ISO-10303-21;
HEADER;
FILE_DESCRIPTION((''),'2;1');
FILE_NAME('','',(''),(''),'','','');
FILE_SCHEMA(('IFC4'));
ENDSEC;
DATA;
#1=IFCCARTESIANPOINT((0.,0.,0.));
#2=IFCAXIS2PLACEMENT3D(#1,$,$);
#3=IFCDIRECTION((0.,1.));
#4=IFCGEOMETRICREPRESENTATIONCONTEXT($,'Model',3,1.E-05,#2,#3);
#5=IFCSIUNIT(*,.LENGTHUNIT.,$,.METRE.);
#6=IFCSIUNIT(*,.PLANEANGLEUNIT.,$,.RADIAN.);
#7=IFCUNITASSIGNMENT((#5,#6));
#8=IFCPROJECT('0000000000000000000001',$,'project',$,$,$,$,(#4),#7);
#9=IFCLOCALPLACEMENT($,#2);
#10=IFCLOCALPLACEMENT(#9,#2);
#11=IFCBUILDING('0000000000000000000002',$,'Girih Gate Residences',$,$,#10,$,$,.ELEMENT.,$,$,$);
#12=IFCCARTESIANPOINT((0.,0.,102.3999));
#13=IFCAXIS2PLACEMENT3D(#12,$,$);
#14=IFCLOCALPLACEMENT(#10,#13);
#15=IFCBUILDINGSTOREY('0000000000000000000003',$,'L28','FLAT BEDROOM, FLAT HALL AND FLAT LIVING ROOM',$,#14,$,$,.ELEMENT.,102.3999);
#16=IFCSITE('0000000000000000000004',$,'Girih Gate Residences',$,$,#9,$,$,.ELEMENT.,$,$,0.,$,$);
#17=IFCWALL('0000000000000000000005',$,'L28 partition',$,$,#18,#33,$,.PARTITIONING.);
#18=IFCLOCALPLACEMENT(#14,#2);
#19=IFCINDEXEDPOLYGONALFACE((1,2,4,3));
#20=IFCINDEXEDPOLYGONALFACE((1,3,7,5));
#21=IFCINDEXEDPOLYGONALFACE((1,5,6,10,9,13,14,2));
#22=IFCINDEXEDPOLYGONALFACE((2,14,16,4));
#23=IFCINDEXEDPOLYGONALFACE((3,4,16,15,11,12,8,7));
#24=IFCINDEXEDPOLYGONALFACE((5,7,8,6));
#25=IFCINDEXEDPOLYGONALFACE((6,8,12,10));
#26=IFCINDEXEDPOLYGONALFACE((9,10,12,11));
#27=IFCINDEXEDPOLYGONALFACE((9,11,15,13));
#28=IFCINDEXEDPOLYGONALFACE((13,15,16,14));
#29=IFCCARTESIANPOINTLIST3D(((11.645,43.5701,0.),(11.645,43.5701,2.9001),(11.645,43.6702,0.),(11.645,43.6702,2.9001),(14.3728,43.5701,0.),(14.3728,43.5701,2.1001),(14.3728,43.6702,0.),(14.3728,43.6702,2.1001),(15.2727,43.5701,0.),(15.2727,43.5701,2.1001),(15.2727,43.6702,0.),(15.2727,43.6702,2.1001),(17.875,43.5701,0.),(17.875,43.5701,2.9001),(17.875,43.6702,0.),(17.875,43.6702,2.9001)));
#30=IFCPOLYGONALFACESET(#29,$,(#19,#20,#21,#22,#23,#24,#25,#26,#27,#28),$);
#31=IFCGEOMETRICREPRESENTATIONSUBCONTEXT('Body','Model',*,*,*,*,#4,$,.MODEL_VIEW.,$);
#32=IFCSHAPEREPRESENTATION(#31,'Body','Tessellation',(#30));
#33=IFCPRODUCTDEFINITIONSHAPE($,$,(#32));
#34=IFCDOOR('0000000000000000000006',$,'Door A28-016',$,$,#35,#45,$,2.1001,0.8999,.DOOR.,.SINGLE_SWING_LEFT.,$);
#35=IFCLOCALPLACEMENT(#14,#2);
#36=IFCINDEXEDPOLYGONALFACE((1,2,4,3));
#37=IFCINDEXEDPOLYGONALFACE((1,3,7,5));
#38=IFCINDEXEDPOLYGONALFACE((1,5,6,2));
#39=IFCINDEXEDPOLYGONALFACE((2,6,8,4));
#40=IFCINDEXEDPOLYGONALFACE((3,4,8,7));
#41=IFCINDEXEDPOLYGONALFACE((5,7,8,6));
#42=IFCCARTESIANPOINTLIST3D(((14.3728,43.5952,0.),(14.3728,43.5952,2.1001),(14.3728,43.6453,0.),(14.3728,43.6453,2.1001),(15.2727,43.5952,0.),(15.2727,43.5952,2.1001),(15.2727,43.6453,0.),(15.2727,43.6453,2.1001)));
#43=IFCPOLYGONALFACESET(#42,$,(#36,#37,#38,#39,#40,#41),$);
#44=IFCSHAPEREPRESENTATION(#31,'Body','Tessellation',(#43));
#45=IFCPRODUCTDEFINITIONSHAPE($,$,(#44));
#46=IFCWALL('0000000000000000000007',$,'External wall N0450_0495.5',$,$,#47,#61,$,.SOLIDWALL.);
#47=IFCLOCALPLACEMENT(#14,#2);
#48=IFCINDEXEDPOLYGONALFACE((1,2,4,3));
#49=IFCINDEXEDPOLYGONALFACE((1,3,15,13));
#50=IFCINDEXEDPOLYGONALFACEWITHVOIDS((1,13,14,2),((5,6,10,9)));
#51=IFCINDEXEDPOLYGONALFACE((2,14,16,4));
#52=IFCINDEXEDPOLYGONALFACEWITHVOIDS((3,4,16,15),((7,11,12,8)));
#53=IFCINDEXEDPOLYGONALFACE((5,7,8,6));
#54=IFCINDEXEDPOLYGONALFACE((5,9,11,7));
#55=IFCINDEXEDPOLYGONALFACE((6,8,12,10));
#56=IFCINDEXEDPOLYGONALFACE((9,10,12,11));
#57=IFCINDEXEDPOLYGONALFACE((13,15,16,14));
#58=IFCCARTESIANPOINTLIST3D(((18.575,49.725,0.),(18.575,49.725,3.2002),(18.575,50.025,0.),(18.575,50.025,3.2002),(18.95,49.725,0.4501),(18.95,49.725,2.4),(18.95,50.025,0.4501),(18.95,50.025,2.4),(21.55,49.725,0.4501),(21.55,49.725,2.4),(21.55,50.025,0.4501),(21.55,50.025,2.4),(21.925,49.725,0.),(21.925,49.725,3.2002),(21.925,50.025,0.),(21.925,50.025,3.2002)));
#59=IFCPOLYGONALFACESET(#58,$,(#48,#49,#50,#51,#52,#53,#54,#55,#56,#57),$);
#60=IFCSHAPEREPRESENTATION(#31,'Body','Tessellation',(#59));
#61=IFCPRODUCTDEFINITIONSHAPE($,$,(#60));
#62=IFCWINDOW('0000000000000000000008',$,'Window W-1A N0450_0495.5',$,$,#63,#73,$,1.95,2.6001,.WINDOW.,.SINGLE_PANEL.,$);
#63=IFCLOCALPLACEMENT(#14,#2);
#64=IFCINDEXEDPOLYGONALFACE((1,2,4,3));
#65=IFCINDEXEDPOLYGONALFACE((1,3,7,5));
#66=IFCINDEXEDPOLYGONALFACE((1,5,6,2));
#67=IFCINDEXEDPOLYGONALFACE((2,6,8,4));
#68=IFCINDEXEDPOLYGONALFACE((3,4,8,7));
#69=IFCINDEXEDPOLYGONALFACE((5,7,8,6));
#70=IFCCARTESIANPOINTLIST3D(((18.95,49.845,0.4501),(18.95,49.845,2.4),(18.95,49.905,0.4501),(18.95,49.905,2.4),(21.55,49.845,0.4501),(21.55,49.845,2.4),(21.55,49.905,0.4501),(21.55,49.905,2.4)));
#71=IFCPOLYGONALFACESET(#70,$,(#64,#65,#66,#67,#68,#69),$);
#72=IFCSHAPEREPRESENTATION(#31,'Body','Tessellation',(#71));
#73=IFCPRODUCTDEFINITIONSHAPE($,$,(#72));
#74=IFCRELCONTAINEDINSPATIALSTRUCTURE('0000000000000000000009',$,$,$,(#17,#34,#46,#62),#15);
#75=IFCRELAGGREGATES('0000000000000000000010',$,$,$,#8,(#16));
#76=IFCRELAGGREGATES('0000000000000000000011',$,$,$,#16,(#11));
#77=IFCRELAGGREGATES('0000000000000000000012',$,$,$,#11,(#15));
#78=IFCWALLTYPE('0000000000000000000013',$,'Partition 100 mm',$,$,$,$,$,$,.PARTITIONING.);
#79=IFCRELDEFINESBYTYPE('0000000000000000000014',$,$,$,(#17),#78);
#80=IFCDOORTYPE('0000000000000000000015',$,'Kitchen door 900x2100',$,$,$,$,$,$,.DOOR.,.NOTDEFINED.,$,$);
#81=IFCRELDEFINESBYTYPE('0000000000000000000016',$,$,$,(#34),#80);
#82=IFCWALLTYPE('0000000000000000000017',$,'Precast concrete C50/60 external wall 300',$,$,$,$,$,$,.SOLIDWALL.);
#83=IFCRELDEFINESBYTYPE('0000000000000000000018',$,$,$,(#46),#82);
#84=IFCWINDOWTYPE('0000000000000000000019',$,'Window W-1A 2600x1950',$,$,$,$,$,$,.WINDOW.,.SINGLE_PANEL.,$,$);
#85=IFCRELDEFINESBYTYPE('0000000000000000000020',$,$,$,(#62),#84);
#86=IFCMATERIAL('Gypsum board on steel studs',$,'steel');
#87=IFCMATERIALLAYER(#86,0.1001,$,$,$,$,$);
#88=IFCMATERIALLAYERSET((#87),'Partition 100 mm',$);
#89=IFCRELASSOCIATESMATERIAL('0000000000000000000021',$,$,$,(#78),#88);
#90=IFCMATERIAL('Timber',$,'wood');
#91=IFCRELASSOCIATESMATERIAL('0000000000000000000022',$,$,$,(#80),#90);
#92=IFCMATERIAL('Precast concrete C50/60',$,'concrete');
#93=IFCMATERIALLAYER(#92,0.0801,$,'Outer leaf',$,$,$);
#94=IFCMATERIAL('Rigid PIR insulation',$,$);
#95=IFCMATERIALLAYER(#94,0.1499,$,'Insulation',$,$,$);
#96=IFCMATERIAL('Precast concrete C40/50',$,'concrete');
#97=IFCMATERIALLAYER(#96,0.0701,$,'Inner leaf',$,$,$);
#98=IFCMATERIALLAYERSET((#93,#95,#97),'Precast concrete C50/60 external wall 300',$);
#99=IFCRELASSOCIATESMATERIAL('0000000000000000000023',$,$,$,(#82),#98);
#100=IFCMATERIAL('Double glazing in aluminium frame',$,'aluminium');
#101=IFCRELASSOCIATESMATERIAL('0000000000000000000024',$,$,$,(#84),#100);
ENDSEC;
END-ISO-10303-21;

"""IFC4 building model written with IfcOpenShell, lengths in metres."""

from ifc_helpers import new_model, si_unit, direction, frame, frame_2d, origin, place, context, subcontext, project, spatial, rectangle, extrude, material, layer, layer_set, type_object, element, fill, save


model = new_model("IFC4")

# Units and contexts
model_context = context("Model", 3, precision=1e-05, world=origin(), true_north=direction((0.0, 1.0)))
body_context = subcontext(model_context, "Body", "Model", "MODEL_VIEW")
ifc_project = project(units=[si_unit("LENGTHUNIT", "METRE"), si_unit("PLANEANGLEUNIT", "RADIAN")], contexts=[model_context])

# Site, building, storey
site_placement = place(None, origin())
site = spatial("IfcSite", under=ifc_project, at=site_placement, Name="Girih Gate Residences", CompositionType="ELEMENT", RefElevation=0.0)
building_placement = place(site_placement, origin())
building = spatial("IfcBuilding", under=site, at=building_placement, Name="Girih Gate Residences", CompositionType="ELEMENT")
storey_placement = place(building_placement, frame((0.0, 0.0, 102.3999)))
storey = spatial("IfcBuildingStorey", under=building, at=storey_placement, Name="L28", Description="FLAT BEDROOM, FLAT HALL AND FLAT LIVING ROOM", CompositionType="ELEMENT", Elevation=102.3999)

# Shared definitions
ifc_material_1 = material(Name="Gypsum board on steel studs", Category="steel")

# Wall, opening, door
ifc_layer_1 = layer(ifc_material_1, 0.1001)
ifc_layer_set_1 = layer_set([ifc_layer_1], Name="Partition 100 mm")
wall_type_1 = type_object("IfcWallType", Name="Partition 100 mm", PredefinedType="PARTITIONING", material=ifc_layer_set_1)
wall_1_placement = place(storey_placement, frame((17.875, 43.6201, 0.0), z_axis=(0.0, 0.0, 1.0), x_axis=(-1.0, 0.0, 0.0)))
wall_1 = element("IfcWall", 1, at=wall_1_placement, inside=storey, type_object=wall_type_1, Name="L28 partition", PredefinedType="PARTITIONING", context=body_context, shape_type="SweptSolid", body=[
    extrude(rectangle(XDim=6.23, YDim=0.1001, at=frame_2d((3.115, 0.0))), origin(), (0.0, 0.0, 1.0), 2.9001),
])
opening_1_placement = place(wall_1_placement, frame((2.6023, 0.0, 0.0)))
opening_1 = element("IfcOpeningElement", 2, at=opening_1_placement, cuts=wall_1, PredefinedType="OPENING", context=body_context, shape_type="SweptSolid", body=[
    extrude(rectangle(XDim=0.8999, YDim=2.1001, at=frame_2d((0.45, 1.05))), frame((0.0, 0.0601, 0.0), z_axis=(0.0, -1.0, 0.0), x_axis=(1.0, 0.0, 0.0)), (0.0, 0.0, 1.0), 0.1201),
])
ifc_material_2 = material(Name="Timber", Category="wood")
door_type_1 = type_object("IfcDoorType", Name="Kitchen door 900x2100", OperationType="NOTDEFINED", PredefinedType="DOOR", material=ifc_material_2)
door_1_placement = place(opening_1_placement, origin())
door_1 = element("IfcDoor", 3, at=door_1_placement, inside=storey, type_object=door_type_1, Name="Door A28-016", OperationType="SINGLE_SWING_LEFT", OverallHeight=2.1001, OverallWidth=0.8999, PredefinedType="DOOR", context=body_context, shape_type="SweptSolid", body=[
    extrude(rectangle(XDim=0.8999, YDim=2.1001, at=frame_2d((0.45, 1.05))), frame((0.0, 0.0249, 0.0), z_axis=(0.0, -1.0, 0.0), x_axis=(1.0, 0.0, 0.0)), (0.0, 0.0, 1.0), 0.05),
])
fill(opening_1, door_1)

# Wall, opening, window
ifc_material_3 = material(Name="Precast concrete C50/60", Category="concrete")
ifc_layer_2 = layer(ifc_material_3, 0.0801, Name="Outer leaf")
ifc_material_4 = material(Name="Rigid PIR insulation")
ifc_layer_3 = layer(ifc_material_4, 0.1499, Name="Insulation")
ifc_material_5 = material(Name="Precast concrete C40/50", Category="concrete")
ifc_layer_4 = layer(ifc_material_5, 0.0701, Name="Inner leaf")
ifc_layer_set_2 = layer_set([ifc_layer_2, ifc_layer_3, ifc_layer_4], Name="Precast concrete C50/60 external wall 300")
wall_type_2 = type_object("IfcWallType", Name="Precast concrete C50/60 external wall 300", PredefinedType="SOLIDWALL", material=ifc_layer_set_2)
wall_2_placement = place(storey_placement, frame((18.575, 49.875, 0.0), z_axis=(0.0, 0.0, 1.0), x_axis=(1.0, 0.0, 0.0)))
wall_2 = element("IfcWall", 4, at=wall_2_placement, inside=storey, type_object=wall_type_2, Name="External wall N0450_0495.5", PredefinedType="SOLIDWALL", context=body_context, shape_type="SweptSolid", body=[
    extrude(rectangle(XDim=3.3501, YDim=0.3, at=frame_2d((1.675, 0.0))), origin(), (0.0, 0.0, 1.0), 3.2002),
])
opening_2_placement = place(wall_2_placement, frame((0.375, 0.0, 0.45)))
opening_2 = element("IfcOpeningElement", 5, at=opening_2_placement, cuts=wall_2, PredefinedType="OPENING", context=body_context, shape_type="SweptSolid", body=[
    extrude(rectangle(XDim=2.6001, YDim=1.95, at=frame_2d((1.3, 0.9751))), frame((0.0, 0.1599, 0.0), z_axis=(0.0, -1.0, 0.0), x_axis=(1.0, 0.0, 0.0)), (0.0, 0.0, 1.0), 0.3201),
])
ifc_material_6 = material(Name="Double glazing in aluminium frame", Category="aluminium")
window_type = type_object("IfcWindowType", Name="Window W-1A 2600x1950", PartitioningType="SINGLE_PANEL", PredefinedType="WINDOW", material=ifc_material_6)
window_placement = place(opening_2_placement, origin())
window = element("IfcWindow", 6, at=window_placement, inside=storey, type_object=window_type, Name="Window W-1A N0450_0495.5", OverallHeight=1.95, OverallWidth=2.6001, PartitioningType="SINGLE_PANEL", PredefinedType="WINDOW", context=body_context, shape_type="SweptSolid", body=[
    extrude(rectangle(XDim=2.6001, YDim=1.95, at=frame_2d((1.3, 0.9751))), frame((0.0, 0.03, 0.0), z_axis=(0.0, -1.0, 0.0), x_axis=(1.0, 0.0, 0.0)), (0.0, 0.0, 1.0), 0.0601),
])
fill(opening_2, window)

save(model, "model.ifc")
